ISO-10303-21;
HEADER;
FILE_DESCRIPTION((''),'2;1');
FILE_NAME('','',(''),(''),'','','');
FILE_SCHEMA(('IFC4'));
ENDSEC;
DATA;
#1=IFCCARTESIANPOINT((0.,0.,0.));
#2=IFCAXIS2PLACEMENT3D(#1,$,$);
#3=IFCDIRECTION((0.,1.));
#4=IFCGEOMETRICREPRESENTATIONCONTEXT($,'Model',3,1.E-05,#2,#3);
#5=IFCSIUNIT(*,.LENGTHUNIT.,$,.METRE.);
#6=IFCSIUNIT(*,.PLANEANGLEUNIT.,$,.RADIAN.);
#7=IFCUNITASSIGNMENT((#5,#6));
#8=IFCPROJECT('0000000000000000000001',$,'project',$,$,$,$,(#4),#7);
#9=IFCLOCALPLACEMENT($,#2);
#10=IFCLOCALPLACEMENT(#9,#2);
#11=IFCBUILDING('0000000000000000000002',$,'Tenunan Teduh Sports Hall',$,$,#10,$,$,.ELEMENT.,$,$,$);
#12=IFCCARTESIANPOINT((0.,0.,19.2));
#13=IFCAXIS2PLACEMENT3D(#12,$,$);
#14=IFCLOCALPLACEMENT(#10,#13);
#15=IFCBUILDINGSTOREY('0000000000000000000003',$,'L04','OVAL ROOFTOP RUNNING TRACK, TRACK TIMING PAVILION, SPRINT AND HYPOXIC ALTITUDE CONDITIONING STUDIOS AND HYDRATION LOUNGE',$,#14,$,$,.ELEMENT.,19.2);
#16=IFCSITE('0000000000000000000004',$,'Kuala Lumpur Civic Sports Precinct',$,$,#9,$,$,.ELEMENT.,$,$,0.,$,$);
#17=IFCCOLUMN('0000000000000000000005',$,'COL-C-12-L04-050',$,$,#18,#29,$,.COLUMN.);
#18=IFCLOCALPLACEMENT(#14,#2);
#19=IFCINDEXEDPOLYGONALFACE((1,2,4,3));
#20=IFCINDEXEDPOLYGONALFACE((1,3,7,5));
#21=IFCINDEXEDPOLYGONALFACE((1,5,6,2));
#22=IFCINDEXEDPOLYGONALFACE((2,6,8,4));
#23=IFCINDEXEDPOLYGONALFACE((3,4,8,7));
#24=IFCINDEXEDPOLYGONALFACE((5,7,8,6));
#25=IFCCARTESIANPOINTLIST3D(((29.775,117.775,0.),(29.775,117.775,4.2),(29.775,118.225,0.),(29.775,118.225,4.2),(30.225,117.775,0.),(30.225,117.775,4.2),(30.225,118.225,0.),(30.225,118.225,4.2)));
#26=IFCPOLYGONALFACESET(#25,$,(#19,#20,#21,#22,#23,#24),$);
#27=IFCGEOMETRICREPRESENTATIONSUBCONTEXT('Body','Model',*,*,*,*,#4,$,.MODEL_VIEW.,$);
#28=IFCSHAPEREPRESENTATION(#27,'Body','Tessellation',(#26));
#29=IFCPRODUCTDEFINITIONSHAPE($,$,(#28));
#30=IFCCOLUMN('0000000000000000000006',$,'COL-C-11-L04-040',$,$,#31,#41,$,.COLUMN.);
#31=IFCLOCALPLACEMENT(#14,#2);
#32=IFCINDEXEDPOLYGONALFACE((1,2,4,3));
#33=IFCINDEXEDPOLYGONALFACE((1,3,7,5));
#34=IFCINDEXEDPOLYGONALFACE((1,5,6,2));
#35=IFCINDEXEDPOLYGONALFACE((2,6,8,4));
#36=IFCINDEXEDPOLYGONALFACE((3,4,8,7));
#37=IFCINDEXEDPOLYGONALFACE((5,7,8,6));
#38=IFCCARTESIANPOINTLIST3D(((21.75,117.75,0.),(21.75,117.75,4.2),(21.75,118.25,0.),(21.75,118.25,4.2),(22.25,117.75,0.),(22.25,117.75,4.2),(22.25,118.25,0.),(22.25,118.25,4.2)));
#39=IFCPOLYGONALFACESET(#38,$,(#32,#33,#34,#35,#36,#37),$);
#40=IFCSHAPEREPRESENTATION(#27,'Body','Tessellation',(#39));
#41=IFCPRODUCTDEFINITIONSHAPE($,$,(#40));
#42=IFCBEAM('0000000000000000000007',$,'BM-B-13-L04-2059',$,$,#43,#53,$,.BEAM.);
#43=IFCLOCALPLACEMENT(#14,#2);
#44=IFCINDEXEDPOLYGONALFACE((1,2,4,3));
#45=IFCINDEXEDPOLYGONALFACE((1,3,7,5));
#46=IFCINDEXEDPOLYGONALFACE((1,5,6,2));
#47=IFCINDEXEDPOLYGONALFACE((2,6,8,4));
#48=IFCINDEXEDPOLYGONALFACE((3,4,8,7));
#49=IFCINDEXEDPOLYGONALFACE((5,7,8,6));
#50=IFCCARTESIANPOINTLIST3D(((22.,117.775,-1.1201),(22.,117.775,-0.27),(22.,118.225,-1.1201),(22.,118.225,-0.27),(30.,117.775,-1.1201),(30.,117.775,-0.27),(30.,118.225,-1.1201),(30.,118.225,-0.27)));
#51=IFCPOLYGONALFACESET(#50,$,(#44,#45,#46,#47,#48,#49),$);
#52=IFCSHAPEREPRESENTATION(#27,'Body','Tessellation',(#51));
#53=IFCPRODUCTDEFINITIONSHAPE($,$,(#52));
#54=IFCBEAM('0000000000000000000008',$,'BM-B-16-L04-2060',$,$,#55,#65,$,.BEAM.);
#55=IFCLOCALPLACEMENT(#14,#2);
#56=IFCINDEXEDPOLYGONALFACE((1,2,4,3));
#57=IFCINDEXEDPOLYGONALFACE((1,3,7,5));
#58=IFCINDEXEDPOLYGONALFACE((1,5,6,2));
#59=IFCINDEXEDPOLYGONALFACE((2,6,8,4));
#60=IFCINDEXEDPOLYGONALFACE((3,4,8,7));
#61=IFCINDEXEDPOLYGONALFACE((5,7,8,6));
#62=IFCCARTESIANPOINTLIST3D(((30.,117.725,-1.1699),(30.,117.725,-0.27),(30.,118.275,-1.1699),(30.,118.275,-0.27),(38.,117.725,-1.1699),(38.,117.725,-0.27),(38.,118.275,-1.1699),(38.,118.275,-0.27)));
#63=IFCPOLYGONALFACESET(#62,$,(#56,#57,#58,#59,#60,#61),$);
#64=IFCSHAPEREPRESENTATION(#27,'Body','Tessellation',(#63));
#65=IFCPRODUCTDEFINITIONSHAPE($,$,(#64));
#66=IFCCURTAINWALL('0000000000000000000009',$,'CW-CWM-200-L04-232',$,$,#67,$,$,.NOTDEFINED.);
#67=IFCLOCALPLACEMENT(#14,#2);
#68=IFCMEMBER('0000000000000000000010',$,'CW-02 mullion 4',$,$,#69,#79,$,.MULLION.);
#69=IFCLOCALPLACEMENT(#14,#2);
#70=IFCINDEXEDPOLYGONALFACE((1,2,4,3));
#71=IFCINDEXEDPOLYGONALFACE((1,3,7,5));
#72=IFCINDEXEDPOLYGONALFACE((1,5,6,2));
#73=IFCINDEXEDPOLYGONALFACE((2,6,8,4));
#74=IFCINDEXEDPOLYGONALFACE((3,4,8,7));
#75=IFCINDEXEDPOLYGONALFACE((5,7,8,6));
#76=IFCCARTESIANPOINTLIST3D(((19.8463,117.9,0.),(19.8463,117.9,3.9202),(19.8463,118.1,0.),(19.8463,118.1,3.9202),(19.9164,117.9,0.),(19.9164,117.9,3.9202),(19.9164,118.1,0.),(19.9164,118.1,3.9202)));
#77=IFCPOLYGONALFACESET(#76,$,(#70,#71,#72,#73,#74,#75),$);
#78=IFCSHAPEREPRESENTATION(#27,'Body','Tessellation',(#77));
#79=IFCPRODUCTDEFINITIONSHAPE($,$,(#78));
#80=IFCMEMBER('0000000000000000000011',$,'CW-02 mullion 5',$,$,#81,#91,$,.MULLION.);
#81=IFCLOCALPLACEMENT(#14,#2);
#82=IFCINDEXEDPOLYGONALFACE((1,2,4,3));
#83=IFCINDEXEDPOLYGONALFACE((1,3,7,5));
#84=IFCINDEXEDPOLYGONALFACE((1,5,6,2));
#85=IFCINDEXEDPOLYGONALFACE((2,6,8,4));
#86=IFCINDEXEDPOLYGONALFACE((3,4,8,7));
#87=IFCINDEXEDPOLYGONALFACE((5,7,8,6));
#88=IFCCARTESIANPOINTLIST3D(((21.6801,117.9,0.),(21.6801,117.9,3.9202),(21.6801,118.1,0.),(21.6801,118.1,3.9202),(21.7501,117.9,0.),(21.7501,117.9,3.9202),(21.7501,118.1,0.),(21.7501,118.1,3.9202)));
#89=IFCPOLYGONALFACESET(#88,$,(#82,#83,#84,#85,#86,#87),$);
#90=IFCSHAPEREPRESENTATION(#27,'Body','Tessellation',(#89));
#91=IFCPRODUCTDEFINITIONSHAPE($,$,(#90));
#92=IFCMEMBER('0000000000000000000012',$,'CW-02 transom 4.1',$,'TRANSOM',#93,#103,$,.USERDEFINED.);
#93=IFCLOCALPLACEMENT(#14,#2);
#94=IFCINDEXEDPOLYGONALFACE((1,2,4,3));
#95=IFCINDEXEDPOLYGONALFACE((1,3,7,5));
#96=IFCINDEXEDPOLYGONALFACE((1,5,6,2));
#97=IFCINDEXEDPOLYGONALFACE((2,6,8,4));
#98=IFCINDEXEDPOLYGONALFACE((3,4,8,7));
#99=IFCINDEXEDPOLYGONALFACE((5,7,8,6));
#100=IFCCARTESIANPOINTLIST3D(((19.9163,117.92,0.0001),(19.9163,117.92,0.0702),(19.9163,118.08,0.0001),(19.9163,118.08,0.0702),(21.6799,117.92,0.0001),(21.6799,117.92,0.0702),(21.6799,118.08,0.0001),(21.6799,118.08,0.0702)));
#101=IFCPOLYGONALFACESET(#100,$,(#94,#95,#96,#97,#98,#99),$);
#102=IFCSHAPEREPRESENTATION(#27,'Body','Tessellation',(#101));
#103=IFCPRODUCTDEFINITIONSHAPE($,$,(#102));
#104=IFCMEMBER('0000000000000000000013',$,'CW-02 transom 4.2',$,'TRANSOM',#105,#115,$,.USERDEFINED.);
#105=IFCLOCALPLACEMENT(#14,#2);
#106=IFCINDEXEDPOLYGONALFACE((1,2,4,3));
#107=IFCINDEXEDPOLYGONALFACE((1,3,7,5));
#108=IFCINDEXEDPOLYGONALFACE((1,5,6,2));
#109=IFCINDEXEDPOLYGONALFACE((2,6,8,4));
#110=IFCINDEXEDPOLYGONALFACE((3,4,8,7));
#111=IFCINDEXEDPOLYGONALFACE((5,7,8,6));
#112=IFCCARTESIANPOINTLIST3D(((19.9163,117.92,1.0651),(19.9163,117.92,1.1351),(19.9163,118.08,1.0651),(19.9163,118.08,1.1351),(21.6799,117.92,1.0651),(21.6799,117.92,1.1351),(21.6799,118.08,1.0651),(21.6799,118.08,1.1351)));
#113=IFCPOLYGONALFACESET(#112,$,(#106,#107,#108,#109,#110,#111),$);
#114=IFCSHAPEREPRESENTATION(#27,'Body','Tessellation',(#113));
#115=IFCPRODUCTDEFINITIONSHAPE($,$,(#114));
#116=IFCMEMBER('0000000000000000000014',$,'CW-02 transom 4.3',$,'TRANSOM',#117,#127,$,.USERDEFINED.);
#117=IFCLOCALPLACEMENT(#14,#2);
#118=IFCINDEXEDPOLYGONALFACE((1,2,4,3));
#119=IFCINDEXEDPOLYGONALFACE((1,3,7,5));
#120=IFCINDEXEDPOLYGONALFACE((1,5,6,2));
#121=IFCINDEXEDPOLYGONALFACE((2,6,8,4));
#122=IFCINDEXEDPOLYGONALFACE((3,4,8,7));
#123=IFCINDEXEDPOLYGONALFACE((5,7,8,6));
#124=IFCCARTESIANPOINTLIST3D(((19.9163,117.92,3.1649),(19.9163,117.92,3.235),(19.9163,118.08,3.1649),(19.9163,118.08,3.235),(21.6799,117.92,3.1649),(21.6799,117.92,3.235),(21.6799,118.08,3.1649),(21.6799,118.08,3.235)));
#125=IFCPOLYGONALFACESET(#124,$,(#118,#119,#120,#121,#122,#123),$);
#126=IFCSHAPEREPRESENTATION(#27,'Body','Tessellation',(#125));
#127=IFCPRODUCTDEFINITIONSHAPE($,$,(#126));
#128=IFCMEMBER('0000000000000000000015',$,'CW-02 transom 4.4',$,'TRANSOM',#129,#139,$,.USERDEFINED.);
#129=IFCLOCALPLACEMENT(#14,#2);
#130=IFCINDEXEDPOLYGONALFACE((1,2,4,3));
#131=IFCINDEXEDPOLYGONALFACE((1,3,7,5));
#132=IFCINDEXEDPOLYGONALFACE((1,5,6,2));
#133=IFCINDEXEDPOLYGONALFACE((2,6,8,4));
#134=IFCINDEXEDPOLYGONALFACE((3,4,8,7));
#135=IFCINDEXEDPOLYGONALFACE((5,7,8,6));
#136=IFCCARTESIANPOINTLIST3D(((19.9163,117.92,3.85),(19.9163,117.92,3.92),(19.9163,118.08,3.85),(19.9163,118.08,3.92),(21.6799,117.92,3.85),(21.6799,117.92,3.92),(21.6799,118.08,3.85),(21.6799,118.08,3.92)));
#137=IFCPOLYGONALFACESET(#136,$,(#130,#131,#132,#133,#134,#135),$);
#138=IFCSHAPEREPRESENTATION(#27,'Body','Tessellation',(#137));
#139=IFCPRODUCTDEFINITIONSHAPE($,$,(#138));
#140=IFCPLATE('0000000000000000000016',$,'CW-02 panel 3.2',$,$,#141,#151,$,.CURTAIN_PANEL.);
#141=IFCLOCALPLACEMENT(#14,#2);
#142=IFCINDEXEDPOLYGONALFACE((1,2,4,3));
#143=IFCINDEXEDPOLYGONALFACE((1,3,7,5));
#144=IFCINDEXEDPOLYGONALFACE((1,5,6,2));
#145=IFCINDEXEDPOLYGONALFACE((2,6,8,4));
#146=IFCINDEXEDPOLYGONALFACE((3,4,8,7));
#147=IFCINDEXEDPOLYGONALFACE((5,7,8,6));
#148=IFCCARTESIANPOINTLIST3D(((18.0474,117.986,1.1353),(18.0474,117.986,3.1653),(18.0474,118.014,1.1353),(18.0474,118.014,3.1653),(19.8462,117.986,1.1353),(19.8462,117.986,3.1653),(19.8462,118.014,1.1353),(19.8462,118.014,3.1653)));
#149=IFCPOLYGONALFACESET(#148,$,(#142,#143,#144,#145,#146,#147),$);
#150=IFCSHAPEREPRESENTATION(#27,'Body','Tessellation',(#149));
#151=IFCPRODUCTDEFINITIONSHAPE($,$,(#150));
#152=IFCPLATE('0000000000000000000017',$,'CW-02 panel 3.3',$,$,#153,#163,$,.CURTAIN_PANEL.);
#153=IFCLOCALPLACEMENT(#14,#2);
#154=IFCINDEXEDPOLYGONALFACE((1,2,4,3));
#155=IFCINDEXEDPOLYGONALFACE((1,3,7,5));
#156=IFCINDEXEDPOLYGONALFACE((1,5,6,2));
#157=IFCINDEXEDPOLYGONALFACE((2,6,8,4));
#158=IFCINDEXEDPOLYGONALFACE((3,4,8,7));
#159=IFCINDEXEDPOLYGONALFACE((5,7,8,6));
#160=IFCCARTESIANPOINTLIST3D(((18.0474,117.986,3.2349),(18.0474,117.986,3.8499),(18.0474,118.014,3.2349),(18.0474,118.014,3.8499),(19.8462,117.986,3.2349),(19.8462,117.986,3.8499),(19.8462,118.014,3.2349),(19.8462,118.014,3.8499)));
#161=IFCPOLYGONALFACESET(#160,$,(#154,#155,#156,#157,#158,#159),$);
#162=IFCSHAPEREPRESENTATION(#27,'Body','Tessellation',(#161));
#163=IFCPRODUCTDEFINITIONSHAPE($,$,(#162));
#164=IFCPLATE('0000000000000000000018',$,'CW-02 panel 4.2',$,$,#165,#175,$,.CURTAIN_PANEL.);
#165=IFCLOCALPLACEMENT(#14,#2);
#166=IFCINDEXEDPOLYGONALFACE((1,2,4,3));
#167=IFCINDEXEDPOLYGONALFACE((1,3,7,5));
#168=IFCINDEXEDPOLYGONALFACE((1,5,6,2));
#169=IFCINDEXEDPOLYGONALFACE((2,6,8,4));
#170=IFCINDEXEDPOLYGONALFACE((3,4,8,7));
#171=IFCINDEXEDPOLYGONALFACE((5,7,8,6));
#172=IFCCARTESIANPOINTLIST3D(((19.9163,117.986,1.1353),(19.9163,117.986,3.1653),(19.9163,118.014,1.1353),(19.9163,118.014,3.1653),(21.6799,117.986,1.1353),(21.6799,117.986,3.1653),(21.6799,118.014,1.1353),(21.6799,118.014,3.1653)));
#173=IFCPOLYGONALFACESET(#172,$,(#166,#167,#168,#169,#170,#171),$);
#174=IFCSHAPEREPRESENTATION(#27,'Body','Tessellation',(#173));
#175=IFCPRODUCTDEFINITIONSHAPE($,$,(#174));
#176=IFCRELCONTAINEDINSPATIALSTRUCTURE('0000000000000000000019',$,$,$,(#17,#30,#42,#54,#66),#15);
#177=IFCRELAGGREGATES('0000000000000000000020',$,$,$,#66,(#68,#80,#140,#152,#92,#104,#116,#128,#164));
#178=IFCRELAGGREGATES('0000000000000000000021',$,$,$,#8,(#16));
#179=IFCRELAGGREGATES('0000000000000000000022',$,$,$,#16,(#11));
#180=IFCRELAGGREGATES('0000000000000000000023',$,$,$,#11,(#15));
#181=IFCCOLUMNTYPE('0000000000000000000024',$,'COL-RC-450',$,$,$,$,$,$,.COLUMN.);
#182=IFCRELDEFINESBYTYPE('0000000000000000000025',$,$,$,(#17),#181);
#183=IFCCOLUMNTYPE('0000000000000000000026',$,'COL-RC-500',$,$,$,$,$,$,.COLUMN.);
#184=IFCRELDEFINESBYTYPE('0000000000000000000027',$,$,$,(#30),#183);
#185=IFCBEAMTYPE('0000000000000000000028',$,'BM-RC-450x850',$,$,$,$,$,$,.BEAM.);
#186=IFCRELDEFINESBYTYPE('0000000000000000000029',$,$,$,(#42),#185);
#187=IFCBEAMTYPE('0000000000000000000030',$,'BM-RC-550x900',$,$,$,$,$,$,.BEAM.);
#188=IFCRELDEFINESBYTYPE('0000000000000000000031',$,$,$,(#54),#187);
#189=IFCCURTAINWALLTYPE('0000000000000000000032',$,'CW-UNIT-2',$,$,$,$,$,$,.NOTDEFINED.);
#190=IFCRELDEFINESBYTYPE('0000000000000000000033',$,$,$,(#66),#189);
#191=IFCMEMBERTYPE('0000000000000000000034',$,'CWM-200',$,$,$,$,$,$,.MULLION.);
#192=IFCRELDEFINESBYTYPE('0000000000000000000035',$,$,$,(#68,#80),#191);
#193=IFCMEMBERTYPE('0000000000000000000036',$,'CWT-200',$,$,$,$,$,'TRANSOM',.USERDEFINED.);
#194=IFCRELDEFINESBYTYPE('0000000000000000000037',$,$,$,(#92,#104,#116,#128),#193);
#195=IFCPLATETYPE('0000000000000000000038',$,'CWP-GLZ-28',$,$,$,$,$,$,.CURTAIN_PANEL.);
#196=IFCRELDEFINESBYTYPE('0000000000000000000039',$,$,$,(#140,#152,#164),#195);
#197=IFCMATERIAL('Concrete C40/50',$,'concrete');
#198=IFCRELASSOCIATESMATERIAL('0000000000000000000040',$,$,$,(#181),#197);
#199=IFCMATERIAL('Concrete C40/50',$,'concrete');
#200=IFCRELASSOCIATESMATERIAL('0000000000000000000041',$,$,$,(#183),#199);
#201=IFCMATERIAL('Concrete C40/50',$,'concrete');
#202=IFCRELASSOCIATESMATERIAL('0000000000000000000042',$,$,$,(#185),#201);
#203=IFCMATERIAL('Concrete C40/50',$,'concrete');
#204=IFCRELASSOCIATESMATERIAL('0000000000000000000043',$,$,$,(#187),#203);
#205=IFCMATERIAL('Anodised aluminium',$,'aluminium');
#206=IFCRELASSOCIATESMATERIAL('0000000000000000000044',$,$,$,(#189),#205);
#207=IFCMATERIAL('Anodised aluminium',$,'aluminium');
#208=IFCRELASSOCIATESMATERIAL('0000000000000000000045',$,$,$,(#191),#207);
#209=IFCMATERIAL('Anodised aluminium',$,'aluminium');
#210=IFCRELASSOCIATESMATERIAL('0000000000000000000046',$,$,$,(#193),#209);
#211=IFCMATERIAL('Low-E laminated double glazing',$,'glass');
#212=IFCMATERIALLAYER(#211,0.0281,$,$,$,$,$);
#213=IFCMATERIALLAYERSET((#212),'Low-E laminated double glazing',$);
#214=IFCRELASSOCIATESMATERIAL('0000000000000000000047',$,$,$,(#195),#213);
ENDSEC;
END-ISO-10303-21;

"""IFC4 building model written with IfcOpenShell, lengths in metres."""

from ifc_helpers import new_model, si_unit, direction, frame, origin, origin_2d, place, context, subcontext, project, spatial, rectangle, extrude, material, layer, layer_set, material_profile, profile_set, type_object, element, aggregate, save


model = new_model("IFC4")

# Units and contexts
model_context = context("Model", 3, precision=1e-05, world=origin(), true_north=direction((0.0, 1.0)))
body_context = subcontext(model_context, "Body", "Model", "MODEL_VIEW")
ifc_project = project(units=[si_unit("LENGTHUNIT", "METRE"), si_unit("PLANEANGLEUNIT", "RADIAN")], contexts=[model_context])

# Site, building, storey
site_placement = place(None, origin())
site = spatial("IfcSite", under=ifc_project, at=site_placement, Name="Kuala Lumpur Civic Sports Precinct", CompositionType="ELEMENT", RefElevation=0.0)
building_placement = place(site_placement, origin())
building = spatial("IfcBuilding", under=site, at=building_placement, Name="Tenunan Teduh Sports Hall", CompositionType="ELEMENT")
storey_placement = place(building_placement, frame((0.0, 0.0, 19.2)))
storey = spatial("IfcBuildingStorey", under=building, at=storey_placement, Name="L04", Description="OVAL ROOFTOP RUNNING TRACK, TRACK TIMING PAVILION, SPRINT AND HYPOXIC ALTITUDE CONDITIONING STUDIOS AND HYDRATION LOUNGE", CompositionType="ELEMENT", Elevation=19.2)

# Columns
ifc_material_1 = material(Name="Concrete C40/50", Category="concrete")
ifc_material_profile_1 = material_profile(ifc_material_1, rectangle(XDim=0.45, YDim=0.45, at=origin_2d()), Name="RC 450x450")
ifc_profile_set_1 = profile_set([ifc_material_profile_1], Name="Concrete C40/50")
column_type_1 = type_object("IfcColumnType", Name="COL-RC-450", PredefinedType="COLUMN", material=ifc_profile_set_1)
column_1_placement = place(storey_placement, frame((30.0, 118.0, 0.0), z_axis=(0.0, 0.0, 1.0), x_axis=(1.0, 0.0, 0.0)))
element("IfcColumn", 1, at=column_1_placement, inside=storey, type_object=column_type_1, Name="COL-C-12-L04-050", PredefinedType="COLUMN", context=body_context, shape_type="SweptSolid", body=[
    extrude(rectangle(XDim=0.45, YDim=0.45, at=origin_2d()), origin(), (0.0, 0.0, 1.0), 4.2),
])
ifc_material_2 = material(Name="Concrete C40/50", Category="concrete")
ifc_material_profile_2 = material_profile(ifc_material_2, rectangle(XDim=0.5, YDim=0.5, at=origin_2d()), Name="RC 500x500")
ifc_profile_set_2 = profile_set([ifc_material_profile_2], Name="Concrete C40/50")
column_type_2 = type_object("IfcColumnType", Name="COL-RC-500", PredefinedType="COLUMN", material=ifc_profile_set_2)
column_2_placement = place(storey_placement, frame((22.0, 118.0, 0.0), z_axis=(0.0, 0.0, 1.0), x_axis=(1.0, 0.0, 0.0)))
element("IfcColumn", 2, at=column_2_placement, inside=storey, type_object=column_type_2, Name="COL-C-11-L04-040", PredefinedType="COLUMN", context=body_context, shape_type="SweptSolid", body=[
    extrude(rectangle(XDim=0.5, YDim=0.5, at=origin_2d()), origin(), (0.0, 0.0, 1.0), 4.2),
])

# Beams
ifc_material_3 = material(Name="Concrete C40/50", Category="concrete")
ifc_material_profile_3 = material_profile(ifc_material_3, rectangle(XDim=0.45, YDim=0.8501, at=origin_2d()), Name="RCB 450x850")
ifc_profile_set_3 = profile_set([ifc_material_profile_3], Name="Concrete C40/50")
beam_type_1 = type_object("IfcBeamType", Name="BM-RC-450x850", PredefinedType="BEAM", material=ifc_profile_set_3)
beam_1_placement = place(storey_placement, frame((22.0, 118.0, -0.6951), z_axis=(1.0, 0.0, 0.0), x_axis=(0.0, 1.0, 0.0)))
element("IfcBeam", 3, at=beam_1_placement, inside=storey, type_object=beam_type_1, Name="BM-B-13-L04-2059", PredefinedType="BEAM", context=body_context, shape_type="SweptSolid", body=[
    extrude(rectangle(XDim=0.45, YDim=0.8501, at=origin_2d()), origin(), (0.0, 0.0, 1.0), 8.0),
])
ifc_material_4 = material(Name="Concrete C40/50", Category="concrete")
ifc_material_profile_4 = material_profile(ifc_material_4, rectangle(XDim=0.55, YDim=0.8999, at=origin_2d()), Name="RCB 550x900")
ifc_profile_set_4 = profile_set([ifc_material_profile_4], Name="Concrete C40/50")
beam_type_2 = type_object("IfcBeamType", Name="BM-RC-550x900", PredefinedType="BEAM", material=ifc_profile_set_4)
beam_2_placement = place(storey_placement, frame((30.0, 118.0, -0.72), z_axis=(1.0, 0.0, 0.0), x_axis=(0.0, 1.0, 0.0)))
element("IfcBeam", 4, at=beam_2_placement, inside=storey, type_object=beam_type_2, Name="BM-B-16-L04-2060", PredefinedType="BEAM", context=body_context, shape_type="SweptSolid", body=[
    extrude(rectangle(XDim=0.55, YDim=0.8999, at=origin_2d()), origin(), (0.0, 0.0, 1.0), 8.0),
])

# Curtain wall, members, plates
ifc_material_5 = material(Name="Anodised aluminium", Category="aluminium")
curtain_wall_type = type_object("IfcCurtainWallType", Name="CW-UNIT-2", PredefinedType="NOTDEFINED", material=ifc_material_5)
curtain_wall_placement = place(storey_placement, origin())
curtain_wall = element("IfcCurtainWall", 5, at=curtain_wall_placement, inside=storey, type_object=curtain_wall_type, Name="CW-CWM-200-L04-232", PredefinedType="NOTDEFINED")
ifc_material_6 = material(Name="Anodised aluminium", Category="aluminium")
ifc_material_profile_5 = material_profile(ifc_material_6, rectangle(XDim=0.0701, YDim=0.2, at=origin_2d()), Name="CWM 70x200")
ifc_profile_set_5 = profile_set([ifc_material_profile_5], Name="Anodised aluminium")
member_type_1 = type_object("IfcMemberType", Name="CWM-200", PredefinedType="MULLION", material=ifc_profile_set_5)
member_1_placement = place(storey_placement, frame((19.8813, 118.0, 0.0), z_axis=(0.0, 0.0, 1.0), x_axis=(1.0, 0.0, 0.0)))
member_1 = element("IfcMember", 6, at=member_1_placement, type_object=member_type_1, Name="CW-02 mullion 4", PredefinedType="MULLION", context=body_context, shape_type="SweptSolid", body=[
    extrude(rectangle(XDim=0.0701, YDim=0.2, at=origin_2d()), origin(), (0.0, 0.0, 1.0), 3.9202),
])
member_2_placement = place(storey_placement, frame((21.7151, 118.0, 0.0), z_axis=(0.0, 0.0, 1.0), x_axis=(1.0, 0.0, 0.0)))
member_2 = element("IfcMember", 7, at=member_2_placement, type_object=member_type_1, Name="CW-02 mullion 5", PredefinedType="MULLION", context=body_context, shape_type="SweptSolid", body=[
    extrude(rectangle(XDim=0.0701, YDim=0.2, at=origin_2d()), origin(), (0.0, 0.0, 1.0), 3.9202),
])
ifc_material_7 = material(Name="Anodised aluminium", Category="aluminium")
ifc_material_profile_6 = material_profile(ifc_material_7, rectangle(XDim=0.0701, YDim=0.1599, at=origin_2d()), Name="CWT 70x160")
ifc_profile_set_6 = profile_set([ifc_material_profile_6], Name="Anodised aluminium")
member_type_2 = type_object("IfcMemberType", Name="CWT-200", ElementType="TRANSOM", PredefinedType="USERDEFINED", material=ifc_profile_set_6)
member_3_placement = place(storey_placement, frame((19.9163, 118.0, 0.0352), z_axis=(1.0, 0.0, 0.0), x_axis=(0.0, 0.0, 1.0)))
member_3 = element("IfcMember", 8, at=member_3_placement, type_object=member_type_2, Name="CW-02 transom 4.1", ObjectType="TRANSOM", PredefinedType="USERDEFINED", context=body_context, shape_type="SweptSolid", body=[
    extrude(rectangle(XDim=0.0701, YDim=0.1599, at=origin_2d()), origin(), (0.0, 0.0, 1.0), 1.7637),
])
member_4_placement = place(storey_placement, frame((19.9163, 118.0, 1.1001), z_axis=(1.0, 0.0, 0.0), x_axis=(0.0, 0.0, 1.0)))
member_4 = element("IfcMember", 9, at=member_4_placement, type_object=member_type_2, Name="CW-02 transom 4.2", ObjectType="TRANSOM", PredefinedType="USERDEFINED", context=body_context, shape_type="SweptSolid", body=[
    extrude(rectangle(XDim=0.0701, YDim=0.1599, at=origin_2d()), origin(), (0.0, 0.0, 1.0), 1.7637),
])
member_5_placement = place(storey_placement, frame((19.9163, 118.0, 3.2), z_axis=(1.0, 0.0, 0.0), x_axis=(0.0, 0.0, 1.0)))
member_5 = element("IfcMember", 10, at=member_5_placement, type_object=member_type_2, Name="CW-02 transom 4.3", ObjectType="TRANSOM", PredefinedType="USERDEFINED", context=body_context, shape_type="SweptSolid", body=[
    extrude(rectangle(XDim=0.0701, YDim=0.1599, at=origin_2d()), origin(), (0.0, 0.0, 1.0), 1.7637),
])
member_6_placement = place(storey_placement, frame((19.9163, 118.0, 3.885), z_axis=(1.0, 0.0, 0.0), x_axis=(0.0, 0.0, 1.0)))
member_6 = element("IfcMember", 11, at=member_6_placement, type_object=member_type_2, Name="CW-02 transom 4.4", ObjectType="TRANSOM", PredefinedType="USERDEFINED", context=body_context, shape_type="SweptSolid", body=[
    extrude(rectangle(XDim=0.0701, YDim=0.1599, at=origin_2d()), origin(), (0.0, 0.0, 1.0), 1.7637),
])
ifc_material_8 = material(Name="Low-E laminated double glazing", Category="glass")
ifc_layer_1 = layer(ifc_material_8, 0.0281)
ifc_layer_set_1 = layer_set([ifc_layer_1], Name="Low-E laminated double glazing")
plate_type_1 = type_object("IfcPlateType", Name="CWP-GLZ-28", PredefinedType="CURTAIN_PANEL", material=ifc_layer_set_1)
plate_1_placement = place(storey_placement, frame((18.9468, 118.0, 1.1353), z_axis=(0.0, 0.0, 1.0), x_axis=(1.0, 0.0, 0.0)))
plate_1 = element("IfcPlate", 12, at=plate_1_placement, type_object=plate_type_1, Name="CW-02 panel 3.2", PredefinedType="CURTAIN_PANEL", context=body_context, shape_type="SweptSolid", body=[
    extrude(rectangle(XDim=1.7988, YDim=0.0281, at=origin_2d()), origin(), (0.0, 0.0, 1.0), 2.03),
])
plate_2_placement = place(storey_placement, frame((18.9468, 118.0, 3.2349), z_axis=(0.0, 0.0, 1.0), x_axis=(1.0, 0.0, 0.0)))
plate_2 = element("IfcPlate", 13, at=plate_2_placement, type_object=plate_type_1, Name="CW-02 panel 3.3", PredefinedType="CURTAIN_PANEL", context=body_context, shape_type="SweptSolid", body=[
    extrude(rectangle(XDim=1.7988, YDim=0.0281, at=origin_2d()), origin(), (0.0, 0.0, 1.0), 0.615),
])
plate_3_placement = place(storey_placement, frame((20.7981, 118.0, 1.1353), z_axis=(0.0, 0.0, 1.0), x_axis=(1.0, 0.0, 0.0)))
plate_3 = element("IfcPlate", 14, at=plate_3_placement, type_object=plate_type_1, Name="CW-02 panel 4.2", PredefinedType="CURTAIN_PANEL", context=body_context, shape_type="SweptSolid", body=[
    extrude(rectangle(XDim=1.7637, YDim=0.0281, at=origin_2d()), origin(), (0.0, 0.0, 1.0), 2.03),
])
aggregate(curtain_wall, [member_1, member_2, plate_1, plate_2, member_3, member_4, member_5, member_6, plate_3])

save(model, "model.ifc")
